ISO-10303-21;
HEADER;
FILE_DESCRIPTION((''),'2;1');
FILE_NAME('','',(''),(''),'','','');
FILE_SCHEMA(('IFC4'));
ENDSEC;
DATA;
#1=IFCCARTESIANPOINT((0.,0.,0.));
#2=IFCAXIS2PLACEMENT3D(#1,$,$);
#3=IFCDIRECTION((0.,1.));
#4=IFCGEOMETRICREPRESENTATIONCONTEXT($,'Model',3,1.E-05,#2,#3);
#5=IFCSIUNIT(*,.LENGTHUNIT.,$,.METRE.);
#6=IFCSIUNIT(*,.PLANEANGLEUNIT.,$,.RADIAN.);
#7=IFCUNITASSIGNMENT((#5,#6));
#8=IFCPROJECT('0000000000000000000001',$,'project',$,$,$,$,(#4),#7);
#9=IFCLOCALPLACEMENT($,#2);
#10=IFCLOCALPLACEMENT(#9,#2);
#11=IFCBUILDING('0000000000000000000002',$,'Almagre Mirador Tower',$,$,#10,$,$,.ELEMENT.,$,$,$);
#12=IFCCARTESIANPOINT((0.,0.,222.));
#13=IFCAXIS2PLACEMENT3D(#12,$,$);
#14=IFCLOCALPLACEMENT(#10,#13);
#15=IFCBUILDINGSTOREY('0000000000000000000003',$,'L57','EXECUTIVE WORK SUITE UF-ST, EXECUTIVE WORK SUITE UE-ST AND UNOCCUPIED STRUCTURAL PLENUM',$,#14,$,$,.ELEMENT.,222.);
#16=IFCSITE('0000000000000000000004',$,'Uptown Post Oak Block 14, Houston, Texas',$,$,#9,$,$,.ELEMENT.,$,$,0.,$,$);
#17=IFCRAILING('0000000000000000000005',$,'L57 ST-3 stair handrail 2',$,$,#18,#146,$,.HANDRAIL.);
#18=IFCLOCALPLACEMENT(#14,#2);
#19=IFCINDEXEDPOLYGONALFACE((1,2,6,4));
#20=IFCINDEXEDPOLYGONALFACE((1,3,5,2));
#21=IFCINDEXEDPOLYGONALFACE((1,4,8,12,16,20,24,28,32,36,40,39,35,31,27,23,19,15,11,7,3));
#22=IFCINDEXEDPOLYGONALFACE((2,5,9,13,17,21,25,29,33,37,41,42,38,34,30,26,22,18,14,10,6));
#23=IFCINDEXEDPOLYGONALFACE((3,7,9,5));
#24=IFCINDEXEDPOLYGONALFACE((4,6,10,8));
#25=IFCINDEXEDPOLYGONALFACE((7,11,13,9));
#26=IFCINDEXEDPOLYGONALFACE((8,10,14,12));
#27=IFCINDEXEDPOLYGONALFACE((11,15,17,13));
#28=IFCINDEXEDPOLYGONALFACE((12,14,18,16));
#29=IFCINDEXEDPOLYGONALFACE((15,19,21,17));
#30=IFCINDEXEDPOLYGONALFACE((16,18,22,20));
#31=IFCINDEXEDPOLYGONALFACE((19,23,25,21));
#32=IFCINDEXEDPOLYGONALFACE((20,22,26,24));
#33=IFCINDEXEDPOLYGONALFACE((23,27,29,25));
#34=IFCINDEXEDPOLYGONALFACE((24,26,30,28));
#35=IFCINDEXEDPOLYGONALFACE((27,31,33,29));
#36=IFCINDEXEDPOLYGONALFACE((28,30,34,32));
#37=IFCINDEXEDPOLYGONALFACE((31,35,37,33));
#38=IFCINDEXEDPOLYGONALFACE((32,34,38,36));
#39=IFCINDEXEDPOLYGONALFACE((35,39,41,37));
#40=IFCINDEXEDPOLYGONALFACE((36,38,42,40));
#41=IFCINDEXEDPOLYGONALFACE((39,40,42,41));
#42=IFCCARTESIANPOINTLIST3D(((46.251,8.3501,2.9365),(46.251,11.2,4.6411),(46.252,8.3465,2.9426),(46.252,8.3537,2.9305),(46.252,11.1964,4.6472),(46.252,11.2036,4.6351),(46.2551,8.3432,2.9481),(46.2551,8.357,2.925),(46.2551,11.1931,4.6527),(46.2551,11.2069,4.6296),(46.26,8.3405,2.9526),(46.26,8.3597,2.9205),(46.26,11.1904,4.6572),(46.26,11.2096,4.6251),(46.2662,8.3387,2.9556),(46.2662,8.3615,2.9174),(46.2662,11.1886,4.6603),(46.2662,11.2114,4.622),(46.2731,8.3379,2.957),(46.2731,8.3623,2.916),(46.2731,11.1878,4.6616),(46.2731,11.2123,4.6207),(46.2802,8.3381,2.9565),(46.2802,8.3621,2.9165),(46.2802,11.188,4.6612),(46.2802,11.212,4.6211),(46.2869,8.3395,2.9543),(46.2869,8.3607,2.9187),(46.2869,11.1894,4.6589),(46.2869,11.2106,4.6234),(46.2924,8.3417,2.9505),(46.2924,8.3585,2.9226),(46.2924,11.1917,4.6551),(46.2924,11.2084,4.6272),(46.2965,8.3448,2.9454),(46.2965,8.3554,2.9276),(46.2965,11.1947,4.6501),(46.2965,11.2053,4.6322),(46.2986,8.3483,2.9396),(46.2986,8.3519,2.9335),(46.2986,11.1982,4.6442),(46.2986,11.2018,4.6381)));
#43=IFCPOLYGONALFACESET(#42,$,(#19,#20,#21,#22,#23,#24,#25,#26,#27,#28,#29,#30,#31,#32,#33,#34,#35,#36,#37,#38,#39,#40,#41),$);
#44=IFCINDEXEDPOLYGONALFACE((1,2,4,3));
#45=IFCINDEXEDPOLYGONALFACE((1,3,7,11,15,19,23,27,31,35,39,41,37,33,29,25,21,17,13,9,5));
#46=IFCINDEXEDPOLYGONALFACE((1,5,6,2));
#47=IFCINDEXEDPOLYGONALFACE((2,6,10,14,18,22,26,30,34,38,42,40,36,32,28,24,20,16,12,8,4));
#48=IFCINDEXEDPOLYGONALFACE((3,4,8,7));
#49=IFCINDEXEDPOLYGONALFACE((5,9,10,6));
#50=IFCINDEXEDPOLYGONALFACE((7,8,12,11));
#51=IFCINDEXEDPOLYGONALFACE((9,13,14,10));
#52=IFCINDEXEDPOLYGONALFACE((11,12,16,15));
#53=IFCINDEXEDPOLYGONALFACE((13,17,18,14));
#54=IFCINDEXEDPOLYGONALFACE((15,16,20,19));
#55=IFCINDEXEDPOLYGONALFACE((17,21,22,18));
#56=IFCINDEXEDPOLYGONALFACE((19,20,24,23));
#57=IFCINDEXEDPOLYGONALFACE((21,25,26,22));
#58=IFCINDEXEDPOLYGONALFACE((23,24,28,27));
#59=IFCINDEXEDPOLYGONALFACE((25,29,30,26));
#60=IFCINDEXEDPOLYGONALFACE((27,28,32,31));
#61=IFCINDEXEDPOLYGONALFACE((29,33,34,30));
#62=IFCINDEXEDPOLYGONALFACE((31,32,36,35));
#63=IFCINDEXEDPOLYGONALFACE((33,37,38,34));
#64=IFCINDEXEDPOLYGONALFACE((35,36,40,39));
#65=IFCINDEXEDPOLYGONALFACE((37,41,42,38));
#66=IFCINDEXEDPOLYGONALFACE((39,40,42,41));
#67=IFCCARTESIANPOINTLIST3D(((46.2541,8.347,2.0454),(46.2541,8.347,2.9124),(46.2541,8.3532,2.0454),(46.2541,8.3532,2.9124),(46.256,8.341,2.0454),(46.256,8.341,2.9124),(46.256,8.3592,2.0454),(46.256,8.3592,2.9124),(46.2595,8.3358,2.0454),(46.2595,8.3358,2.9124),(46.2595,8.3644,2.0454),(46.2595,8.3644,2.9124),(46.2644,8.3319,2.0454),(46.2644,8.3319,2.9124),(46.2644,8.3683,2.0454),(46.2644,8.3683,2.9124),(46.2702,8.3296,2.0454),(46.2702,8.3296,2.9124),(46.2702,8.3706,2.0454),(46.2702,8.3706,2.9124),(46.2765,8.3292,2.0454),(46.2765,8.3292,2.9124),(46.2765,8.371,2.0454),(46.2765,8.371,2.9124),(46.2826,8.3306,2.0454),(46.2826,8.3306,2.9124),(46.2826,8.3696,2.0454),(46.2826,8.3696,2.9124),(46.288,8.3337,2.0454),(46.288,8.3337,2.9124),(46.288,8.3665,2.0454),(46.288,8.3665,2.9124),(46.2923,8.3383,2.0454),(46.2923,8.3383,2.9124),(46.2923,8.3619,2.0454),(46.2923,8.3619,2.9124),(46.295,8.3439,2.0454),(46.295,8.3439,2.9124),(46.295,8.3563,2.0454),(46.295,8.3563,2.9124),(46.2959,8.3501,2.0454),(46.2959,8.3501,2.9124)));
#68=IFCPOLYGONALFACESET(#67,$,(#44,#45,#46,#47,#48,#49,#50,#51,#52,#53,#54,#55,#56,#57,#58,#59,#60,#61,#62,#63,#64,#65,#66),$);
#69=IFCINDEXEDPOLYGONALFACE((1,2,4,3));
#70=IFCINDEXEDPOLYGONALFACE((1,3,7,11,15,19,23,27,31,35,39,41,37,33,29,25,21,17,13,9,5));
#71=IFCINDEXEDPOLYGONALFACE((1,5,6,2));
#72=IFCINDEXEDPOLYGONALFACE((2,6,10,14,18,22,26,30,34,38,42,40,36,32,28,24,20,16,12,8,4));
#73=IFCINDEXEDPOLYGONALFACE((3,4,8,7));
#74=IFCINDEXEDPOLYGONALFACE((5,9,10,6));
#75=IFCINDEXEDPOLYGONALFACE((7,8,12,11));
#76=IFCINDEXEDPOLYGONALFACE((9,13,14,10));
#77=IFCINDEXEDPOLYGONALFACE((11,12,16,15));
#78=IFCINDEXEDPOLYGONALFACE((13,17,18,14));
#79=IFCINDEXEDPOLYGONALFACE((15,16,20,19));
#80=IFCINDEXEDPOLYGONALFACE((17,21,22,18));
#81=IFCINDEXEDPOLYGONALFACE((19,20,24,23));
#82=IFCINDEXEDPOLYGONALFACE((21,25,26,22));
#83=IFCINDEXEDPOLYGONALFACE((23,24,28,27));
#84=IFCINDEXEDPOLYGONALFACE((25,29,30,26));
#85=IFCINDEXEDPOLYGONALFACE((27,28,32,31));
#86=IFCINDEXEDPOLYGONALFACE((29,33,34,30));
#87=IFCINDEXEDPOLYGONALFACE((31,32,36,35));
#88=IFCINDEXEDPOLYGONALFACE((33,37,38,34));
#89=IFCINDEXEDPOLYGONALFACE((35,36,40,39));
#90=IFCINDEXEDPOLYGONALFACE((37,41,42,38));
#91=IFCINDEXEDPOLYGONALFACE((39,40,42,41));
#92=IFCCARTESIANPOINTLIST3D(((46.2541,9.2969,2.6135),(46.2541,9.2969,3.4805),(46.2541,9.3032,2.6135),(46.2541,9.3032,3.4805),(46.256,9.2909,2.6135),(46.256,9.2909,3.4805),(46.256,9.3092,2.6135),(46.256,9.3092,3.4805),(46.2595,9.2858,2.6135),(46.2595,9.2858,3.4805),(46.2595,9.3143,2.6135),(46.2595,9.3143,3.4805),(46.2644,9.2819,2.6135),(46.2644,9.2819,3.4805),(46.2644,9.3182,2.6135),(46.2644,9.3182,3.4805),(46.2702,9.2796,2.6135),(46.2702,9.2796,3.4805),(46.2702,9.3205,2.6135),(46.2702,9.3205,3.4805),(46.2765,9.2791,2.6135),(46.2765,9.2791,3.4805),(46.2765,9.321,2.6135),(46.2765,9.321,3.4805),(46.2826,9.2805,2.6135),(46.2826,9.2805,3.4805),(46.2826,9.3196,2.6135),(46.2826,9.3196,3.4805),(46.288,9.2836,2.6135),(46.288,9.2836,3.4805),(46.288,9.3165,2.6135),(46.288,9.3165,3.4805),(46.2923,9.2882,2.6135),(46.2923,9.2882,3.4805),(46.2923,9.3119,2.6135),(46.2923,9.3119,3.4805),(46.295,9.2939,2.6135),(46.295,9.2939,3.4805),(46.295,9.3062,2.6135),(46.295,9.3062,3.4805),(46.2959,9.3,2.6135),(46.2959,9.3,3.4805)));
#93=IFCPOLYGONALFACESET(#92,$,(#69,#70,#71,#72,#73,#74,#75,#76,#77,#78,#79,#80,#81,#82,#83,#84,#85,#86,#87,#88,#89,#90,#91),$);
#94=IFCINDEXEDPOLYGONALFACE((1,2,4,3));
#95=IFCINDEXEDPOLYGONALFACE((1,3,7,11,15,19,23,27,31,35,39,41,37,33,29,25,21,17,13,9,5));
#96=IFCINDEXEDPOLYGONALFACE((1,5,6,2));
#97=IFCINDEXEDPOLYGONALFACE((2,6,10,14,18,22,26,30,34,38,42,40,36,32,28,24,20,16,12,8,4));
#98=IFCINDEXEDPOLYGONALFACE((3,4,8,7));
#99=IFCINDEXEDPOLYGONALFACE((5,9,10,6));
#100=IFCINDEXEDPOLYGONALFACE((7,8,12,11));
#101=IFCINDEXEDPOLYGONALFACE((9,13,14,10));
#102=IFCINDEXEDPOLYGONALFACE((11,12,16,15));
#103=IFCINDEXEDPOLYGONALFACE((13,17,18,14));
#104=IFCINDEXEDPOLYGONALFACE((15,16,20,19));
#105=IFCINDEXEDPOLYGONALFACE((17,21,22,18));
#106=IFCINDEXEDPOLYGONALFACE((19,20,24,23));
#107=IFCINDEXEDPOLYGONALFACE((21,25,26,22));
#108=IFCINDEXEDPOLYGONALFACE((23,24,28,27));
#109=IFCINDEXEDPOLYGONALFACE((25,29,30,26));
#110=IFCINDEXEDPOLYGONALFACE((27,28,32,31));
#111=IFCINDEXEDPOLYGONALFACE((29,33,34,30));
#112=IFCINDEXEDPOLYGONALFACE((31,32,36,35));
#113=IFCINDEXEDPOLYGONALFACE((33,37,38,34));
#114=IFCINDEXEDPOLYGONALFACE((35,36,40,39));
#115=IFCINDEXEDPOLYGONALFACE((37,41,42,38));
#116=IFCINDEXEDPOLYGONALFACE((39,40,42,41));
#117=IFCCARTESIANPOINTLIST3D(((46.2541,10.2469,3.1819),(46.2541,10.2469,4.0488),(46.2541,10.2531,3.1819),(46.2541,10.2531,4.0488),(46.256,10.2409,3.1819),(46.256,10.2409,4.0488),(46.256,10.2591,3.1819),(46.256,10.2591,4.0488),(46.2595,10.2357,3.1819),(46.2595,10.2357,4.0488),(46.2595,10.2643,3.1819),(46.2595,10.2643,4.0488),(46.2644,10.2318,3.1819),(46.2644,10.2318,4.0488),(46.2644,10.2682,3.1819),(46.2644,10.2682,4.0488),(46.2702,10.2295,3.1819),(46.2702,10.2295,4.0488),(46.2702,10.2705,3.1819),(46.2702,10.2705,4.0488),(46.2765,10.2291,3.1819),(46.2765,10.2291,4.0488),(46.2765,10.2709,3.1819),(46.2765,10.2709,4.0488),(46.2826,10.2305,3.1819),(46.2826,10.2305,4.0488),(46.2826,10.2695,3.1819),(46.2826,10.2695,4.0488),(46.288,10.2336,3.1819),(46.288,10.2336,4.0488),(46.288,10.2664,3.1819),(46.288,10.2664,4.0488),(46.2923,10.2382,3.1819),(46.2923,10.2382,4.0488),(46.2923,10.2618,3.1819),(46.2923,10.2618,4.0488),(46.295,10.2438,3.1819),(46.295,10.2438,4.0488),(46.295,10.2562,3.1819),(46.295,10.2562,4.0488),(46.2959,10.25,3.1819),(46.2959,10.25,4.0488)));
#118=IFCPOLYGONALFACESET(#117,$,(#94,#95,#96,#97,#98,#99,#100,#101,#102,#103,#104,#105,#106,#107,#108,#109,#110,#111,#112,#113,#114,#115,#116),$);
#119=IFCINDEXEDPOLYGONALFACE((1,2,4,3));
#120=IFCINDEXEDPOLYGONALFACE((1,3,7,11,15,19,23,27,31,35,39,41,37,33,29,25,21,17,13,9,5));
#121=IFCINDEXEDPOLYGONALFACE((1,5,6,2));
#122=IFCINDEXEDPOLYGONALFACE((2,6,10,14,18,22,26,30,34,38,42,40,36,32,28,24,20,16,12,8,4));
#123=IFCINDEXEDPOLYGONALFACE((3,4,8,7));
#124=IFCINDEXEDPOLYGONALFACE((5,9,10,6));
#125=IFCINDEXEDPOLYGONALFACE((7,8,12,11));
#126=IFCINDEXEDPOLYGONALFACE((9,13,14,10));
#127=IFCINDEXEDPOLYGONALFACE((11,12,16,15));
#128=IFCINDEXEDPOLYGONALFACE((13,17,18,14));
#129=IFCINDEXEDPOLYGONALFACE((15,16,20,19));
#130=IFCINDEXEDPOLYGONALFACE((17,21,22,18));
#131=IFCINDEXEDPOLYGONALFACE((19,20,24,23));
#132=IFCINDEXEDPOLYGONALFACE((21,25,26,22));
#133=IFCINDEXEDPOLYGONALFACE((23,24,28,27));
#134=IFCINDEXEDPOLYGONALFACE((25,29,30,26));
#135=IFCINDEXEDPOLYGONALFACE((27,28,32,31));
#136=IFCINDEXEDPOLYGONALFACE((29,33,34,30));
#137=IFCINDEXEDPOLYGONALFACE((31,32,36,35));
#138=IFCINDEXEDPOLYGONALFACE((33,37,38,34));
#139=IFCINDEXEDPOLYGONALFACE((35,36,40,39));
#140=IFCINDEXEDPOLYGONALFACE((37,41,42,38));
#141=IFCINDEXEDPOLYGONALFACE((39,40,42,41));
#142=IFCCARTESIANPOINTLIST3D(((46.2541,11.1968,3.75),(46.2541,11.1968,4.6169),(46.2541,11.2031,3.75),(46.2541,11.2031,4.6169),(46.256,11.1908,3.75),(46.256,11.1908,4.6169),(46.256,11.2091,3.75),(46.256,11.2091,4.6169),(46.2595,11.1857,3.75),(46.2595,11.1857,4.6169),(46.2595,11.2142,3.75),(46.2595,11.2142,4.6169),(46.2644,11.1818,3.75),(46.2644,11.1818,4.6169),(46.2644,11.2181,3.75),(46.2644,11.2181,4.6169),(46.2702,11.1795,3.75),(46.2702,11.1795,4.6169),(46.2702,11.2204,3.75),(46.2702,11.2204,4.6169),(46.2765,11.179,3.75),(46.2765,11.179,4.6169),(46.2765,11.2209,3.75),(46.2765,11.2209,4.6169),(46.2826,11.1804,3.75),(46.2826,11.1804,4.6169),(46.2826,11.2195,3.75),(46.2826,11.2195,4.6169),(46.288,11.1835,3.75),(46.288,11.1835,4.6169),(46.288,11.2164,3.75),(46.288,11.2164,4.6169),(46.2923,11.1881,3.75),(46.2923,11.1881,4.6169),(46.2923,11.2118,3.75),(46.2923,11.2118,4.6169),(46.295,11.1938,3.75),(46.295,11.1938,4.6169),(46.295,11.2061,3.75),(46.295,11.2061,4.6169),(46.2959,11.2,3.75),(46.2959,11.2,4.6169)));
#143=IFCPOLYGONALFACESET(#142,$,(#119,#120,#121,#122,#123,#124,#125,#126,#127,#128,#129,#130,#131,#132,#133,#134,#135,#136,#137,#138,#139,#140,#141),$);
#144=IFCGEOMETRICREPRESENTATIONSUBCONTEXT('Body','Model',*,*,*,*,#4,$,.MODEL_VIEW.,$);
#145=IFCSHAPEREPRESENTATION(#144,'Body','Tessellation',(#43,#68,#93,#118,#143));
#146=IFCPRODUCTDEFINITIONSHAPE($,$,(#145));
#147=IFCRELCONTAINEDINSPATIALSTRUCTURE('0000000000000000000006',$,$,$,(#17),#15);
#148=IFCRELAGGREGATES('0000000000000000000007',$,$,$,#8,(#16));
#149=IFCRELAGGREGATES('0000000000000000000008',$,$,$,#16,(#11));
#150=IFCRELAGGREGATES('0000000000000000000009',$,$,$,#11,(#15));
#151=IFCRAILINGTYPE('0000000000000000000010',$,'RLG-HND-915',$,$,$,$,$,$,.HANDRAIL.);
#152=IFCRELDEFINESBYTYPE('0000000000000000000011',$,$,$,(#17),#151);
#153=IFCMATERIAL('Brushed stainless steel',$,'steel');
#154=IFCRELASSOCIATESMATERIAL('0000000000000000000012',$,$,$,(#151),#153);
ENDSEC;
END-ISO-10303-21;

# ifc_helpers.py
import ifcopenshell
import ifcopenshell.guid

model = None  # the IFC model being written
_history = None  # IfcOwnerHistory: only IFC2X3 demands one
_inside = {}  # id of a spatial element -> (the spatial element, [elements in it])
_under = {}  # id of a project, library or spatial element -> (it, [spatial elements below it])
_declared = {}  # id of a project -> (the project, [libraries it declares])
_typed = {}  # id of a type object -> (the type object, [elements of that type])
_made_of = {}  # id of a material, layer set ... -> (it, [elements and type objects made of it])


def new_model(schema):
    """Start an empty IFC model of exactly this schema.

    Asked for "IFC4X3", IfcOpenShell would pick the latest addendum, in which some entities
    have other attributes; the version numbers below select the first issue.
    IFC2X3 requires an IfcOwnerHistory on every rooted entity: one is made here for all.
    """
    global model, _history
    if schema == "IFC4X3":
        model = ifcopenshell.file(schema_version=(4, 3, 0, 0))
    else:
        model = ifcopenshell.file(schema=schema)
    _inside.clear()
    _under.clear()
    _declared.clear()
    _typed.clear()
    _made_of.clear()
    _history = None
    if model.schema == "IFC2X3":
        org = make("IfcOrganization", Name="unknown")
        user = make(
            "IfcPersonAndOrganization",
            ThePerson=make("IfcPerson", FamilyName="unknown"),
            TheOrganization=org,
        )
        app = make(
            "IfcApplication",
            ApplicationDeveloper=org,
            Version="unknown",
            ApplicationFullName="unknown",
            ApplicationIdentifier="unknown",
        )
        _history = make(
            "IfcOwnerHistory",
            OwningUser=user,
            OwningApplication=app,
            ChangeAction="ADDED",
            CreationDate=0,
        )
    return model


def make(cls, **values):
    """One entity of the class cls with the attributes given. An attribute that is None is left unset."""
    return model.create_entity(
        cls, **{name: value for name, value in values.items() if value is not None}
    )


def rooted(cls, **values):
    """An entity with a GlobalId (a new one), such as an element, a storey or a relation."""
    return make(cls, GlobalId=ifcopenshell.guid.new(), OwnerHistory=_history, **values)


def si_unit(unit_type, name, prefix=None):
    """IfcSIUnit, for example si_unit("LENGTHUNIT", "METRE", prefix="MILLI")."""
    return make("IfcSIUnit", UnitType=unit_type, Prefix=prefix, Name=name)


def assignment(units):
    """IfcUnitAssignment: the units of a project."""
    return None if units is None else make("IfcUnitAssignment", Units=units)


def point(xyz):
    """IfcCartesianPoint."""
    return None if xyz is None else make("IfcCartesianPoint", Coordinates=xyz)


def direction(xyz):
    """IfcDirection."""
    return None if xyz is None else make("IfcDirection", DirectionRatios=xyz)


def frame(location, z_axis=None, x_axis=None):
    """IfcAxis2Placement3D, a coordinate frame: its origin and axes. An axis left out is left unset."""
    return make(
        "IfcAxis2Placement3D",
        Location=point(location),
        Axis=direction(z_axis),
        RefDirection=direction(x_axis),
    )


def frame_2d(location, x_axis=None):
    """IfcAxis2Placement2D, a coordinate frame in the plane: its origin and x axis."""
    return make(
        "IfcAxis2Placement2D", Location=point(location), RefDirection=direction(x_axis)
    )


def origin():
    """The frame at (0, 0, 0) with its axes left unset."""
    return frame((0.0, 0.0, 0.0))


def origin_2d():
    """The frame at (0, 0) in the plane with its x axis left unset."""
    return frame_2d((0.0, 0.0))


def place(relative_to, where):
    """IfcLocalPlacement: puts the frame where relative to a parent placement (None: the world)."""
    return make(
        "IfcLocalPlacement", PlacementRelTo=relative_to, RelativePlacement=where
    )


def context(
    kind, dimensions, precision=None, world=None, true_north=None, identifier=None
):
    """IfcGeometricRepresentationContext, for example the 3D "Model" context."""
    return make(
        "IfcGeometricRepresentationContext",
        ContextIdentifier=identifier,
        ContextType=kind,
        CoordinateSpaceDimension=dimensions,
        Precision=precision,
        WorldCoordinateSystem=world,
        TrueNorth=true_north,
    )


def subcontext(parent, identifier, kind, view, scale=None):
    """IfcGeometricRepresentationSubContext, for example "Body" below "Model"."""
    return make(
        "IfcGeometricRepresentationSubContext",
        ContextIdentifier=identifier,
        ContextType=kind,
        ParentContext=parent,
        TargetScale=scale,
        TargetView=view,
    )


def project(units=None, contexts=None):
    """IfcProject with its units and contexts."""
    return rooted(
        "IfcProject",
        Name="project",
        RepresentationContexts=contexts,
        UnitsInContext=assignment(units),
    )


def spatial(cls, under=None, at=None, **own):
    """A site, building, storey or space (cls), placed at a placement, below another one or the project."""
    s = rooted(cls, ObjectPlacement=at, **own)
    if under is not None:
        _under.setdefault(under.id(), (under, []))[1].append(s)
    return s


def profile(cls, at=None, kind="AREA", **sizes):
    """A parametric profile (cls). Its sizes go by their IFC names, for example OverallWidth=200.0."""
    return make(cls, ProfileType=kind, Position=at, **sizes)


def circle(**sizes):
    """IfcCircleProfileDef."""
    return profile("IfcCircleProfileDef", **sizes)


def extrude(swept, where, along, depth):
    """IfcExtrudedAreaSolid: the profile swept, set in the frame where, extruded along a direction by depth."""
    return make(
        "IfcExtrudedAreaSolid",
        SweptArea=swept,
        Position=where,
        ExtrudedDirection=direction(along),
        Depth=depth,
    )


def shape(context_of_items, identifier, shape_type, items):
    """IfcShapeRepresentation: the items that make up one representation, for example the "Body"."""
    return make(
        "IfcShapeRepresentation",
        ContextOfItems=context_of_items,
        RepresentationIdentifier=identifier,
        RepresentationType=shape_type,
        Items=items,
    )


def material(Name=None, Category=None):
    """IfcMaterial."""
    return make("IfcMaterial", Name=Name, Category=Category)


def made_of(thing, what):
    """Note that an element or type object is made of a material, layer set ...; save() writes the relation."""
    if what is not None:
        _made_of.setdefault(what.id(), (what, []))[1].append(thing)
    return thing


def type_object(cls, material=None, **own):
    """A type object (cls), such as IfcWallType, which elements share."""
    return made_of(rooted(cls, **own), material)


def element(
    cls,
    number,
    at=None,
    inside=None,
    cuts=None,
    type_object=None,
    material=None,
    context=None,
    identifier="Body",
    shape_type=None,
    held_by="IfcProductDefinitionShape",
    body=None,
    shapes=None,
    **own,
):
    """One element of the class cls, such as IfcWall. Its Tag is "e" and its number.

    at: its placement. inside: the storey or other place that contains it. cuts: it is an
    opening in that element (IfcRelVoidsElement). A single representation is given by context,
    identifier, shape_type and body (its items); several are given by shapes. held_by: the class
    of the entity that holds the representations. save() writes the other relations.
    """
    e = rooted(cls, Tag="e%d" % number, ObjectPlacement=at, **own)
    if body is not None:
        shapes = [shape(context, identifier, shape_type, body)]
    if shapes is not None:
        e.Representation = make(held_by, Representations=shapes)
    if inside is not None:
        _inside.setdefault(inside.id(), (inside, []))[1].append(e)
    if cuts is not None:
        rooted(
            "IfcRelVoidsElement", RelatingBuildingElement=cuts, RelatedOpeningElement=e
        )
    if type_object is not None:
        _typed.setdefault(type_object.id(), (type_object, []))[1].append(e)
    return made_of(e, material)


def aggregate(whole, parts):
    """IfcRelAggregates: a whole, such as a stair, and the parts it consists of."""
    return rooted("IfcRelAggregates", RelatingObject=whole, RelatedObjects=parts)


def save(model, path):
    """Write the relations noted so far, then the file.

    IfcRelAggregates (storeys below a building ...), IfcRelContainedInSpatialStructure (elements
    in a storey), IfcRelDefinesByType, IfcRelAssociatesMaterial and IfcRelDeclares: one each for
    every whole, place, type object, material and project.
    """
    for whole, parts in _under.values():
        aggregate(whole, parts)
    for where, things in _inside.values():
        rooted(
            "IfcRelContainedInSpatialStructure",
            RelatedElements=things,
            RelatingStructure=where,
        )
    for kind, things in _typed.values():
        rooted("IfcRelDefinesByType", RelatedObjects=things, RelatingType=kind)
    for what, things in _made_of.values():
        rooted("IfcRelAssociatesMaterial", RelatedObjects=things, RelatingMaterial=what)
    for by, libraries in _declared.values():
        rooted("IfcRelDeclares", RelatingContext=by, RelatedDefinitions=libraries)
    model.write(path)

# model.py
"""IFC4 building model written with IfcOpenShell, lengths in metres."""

from ifc_helpers import new_model, si_unit, direction, frame, origin, origin_2d, place, context, subcontext, project, spatial, circle, extrude, material, type_object, element, save


model = new_model("IFC4")

# Units and contexts
model_context = context("Model", 3, precision=1e-05, world=origin(), true_north=direction((0.0, 1.0)))
body_context = subcontext(model_context, "Body", "Model", "MODEL_VIEW")
ifc_project = project(units=[si_unit("LENGTHUNIT", "METRE"), si_unit("PLANEANGLEUNIT", "RADIAN")], contexts=[model_context])

# Site, building, storey
site_placement = place(None, origin())
site = spatial("IfcSite", under=ifc_project, at=site_placement, Name="Uptown Post Oak Block 14, Houston, Texas", CompositionType="ELEMENT", RefElevation=0.0)
building_placement = place(site_placement, origin())
building = spatial("IfcBuilding", under=site, at=building_placement, Name="Almagre Mirador Tower", CompositionType="ELEMENT")
storey_placement = place(building_placement, frame((0.0, 0.0, 222.0)))
storey = spatial("IfcBuildingStorey", under=building, at=storey_placement, Name="L57", Description="EXECUTIVE WORK SUITE UF-ST, EXECUTIVE WORK SUITE UE-ST AND UNOCCUPIED STRUCTURAL PLENUM", CompositionType="ELEMENT", Elevation=222.0)

# Railing
ifc_material_1 = material(Name="Brushed stainless steel", Category="steel")
railing_type_1 = type_object("IfcRailingType", Name="RLG-HND-915", PredefinedType="HANDRAIL", material=ifc_material_1)
railing_1_placement = place(storey_placement, frame((46.2749, 8.3501, 2.0454)))
element("IfcRailing", 1, at=railing_1_placement, inside=storey, type_object=railing_type_1, Name="L57 ST-3 stair handrail 2", PredefinedType="HANDRAIL", context=body_context, shape_type="SweptSolid", body=[
    extrude(circle(Radius=0.0239, at=origin_2d()), frame((0.0, 0.0, 0.8911), z_axis=(0.0, 0.858199, 0.513317), x_axis=(-1.0, 0.0, 0.0)), (0.0, 0.0, 1.0), 3.3208),
    extrude(circle(Radius=0.021, at=origin_2d()), origin(), (0.0, 0.0, 1.0), 0.8669),
    extrude(circle(Radius=0.021, at=origin_2d()), frame((0.0, 0.95, 0.5681)), (0.0, 0.0, 1.0), 0.8669),
    extrude(circle(Radius=0.021, at=origin_2d()), frame((0.0, 1.8999, 1.1365)), (0.0, 0.0, 1.0), 0.8669),
    extrude(circle(Radius=0.021, at=origin_2d()), frame((0.0, 2.8499, 1.7046)), (0.0, 0.0, 1.0), 0.8669),
])

save(model, "model.ifc")
